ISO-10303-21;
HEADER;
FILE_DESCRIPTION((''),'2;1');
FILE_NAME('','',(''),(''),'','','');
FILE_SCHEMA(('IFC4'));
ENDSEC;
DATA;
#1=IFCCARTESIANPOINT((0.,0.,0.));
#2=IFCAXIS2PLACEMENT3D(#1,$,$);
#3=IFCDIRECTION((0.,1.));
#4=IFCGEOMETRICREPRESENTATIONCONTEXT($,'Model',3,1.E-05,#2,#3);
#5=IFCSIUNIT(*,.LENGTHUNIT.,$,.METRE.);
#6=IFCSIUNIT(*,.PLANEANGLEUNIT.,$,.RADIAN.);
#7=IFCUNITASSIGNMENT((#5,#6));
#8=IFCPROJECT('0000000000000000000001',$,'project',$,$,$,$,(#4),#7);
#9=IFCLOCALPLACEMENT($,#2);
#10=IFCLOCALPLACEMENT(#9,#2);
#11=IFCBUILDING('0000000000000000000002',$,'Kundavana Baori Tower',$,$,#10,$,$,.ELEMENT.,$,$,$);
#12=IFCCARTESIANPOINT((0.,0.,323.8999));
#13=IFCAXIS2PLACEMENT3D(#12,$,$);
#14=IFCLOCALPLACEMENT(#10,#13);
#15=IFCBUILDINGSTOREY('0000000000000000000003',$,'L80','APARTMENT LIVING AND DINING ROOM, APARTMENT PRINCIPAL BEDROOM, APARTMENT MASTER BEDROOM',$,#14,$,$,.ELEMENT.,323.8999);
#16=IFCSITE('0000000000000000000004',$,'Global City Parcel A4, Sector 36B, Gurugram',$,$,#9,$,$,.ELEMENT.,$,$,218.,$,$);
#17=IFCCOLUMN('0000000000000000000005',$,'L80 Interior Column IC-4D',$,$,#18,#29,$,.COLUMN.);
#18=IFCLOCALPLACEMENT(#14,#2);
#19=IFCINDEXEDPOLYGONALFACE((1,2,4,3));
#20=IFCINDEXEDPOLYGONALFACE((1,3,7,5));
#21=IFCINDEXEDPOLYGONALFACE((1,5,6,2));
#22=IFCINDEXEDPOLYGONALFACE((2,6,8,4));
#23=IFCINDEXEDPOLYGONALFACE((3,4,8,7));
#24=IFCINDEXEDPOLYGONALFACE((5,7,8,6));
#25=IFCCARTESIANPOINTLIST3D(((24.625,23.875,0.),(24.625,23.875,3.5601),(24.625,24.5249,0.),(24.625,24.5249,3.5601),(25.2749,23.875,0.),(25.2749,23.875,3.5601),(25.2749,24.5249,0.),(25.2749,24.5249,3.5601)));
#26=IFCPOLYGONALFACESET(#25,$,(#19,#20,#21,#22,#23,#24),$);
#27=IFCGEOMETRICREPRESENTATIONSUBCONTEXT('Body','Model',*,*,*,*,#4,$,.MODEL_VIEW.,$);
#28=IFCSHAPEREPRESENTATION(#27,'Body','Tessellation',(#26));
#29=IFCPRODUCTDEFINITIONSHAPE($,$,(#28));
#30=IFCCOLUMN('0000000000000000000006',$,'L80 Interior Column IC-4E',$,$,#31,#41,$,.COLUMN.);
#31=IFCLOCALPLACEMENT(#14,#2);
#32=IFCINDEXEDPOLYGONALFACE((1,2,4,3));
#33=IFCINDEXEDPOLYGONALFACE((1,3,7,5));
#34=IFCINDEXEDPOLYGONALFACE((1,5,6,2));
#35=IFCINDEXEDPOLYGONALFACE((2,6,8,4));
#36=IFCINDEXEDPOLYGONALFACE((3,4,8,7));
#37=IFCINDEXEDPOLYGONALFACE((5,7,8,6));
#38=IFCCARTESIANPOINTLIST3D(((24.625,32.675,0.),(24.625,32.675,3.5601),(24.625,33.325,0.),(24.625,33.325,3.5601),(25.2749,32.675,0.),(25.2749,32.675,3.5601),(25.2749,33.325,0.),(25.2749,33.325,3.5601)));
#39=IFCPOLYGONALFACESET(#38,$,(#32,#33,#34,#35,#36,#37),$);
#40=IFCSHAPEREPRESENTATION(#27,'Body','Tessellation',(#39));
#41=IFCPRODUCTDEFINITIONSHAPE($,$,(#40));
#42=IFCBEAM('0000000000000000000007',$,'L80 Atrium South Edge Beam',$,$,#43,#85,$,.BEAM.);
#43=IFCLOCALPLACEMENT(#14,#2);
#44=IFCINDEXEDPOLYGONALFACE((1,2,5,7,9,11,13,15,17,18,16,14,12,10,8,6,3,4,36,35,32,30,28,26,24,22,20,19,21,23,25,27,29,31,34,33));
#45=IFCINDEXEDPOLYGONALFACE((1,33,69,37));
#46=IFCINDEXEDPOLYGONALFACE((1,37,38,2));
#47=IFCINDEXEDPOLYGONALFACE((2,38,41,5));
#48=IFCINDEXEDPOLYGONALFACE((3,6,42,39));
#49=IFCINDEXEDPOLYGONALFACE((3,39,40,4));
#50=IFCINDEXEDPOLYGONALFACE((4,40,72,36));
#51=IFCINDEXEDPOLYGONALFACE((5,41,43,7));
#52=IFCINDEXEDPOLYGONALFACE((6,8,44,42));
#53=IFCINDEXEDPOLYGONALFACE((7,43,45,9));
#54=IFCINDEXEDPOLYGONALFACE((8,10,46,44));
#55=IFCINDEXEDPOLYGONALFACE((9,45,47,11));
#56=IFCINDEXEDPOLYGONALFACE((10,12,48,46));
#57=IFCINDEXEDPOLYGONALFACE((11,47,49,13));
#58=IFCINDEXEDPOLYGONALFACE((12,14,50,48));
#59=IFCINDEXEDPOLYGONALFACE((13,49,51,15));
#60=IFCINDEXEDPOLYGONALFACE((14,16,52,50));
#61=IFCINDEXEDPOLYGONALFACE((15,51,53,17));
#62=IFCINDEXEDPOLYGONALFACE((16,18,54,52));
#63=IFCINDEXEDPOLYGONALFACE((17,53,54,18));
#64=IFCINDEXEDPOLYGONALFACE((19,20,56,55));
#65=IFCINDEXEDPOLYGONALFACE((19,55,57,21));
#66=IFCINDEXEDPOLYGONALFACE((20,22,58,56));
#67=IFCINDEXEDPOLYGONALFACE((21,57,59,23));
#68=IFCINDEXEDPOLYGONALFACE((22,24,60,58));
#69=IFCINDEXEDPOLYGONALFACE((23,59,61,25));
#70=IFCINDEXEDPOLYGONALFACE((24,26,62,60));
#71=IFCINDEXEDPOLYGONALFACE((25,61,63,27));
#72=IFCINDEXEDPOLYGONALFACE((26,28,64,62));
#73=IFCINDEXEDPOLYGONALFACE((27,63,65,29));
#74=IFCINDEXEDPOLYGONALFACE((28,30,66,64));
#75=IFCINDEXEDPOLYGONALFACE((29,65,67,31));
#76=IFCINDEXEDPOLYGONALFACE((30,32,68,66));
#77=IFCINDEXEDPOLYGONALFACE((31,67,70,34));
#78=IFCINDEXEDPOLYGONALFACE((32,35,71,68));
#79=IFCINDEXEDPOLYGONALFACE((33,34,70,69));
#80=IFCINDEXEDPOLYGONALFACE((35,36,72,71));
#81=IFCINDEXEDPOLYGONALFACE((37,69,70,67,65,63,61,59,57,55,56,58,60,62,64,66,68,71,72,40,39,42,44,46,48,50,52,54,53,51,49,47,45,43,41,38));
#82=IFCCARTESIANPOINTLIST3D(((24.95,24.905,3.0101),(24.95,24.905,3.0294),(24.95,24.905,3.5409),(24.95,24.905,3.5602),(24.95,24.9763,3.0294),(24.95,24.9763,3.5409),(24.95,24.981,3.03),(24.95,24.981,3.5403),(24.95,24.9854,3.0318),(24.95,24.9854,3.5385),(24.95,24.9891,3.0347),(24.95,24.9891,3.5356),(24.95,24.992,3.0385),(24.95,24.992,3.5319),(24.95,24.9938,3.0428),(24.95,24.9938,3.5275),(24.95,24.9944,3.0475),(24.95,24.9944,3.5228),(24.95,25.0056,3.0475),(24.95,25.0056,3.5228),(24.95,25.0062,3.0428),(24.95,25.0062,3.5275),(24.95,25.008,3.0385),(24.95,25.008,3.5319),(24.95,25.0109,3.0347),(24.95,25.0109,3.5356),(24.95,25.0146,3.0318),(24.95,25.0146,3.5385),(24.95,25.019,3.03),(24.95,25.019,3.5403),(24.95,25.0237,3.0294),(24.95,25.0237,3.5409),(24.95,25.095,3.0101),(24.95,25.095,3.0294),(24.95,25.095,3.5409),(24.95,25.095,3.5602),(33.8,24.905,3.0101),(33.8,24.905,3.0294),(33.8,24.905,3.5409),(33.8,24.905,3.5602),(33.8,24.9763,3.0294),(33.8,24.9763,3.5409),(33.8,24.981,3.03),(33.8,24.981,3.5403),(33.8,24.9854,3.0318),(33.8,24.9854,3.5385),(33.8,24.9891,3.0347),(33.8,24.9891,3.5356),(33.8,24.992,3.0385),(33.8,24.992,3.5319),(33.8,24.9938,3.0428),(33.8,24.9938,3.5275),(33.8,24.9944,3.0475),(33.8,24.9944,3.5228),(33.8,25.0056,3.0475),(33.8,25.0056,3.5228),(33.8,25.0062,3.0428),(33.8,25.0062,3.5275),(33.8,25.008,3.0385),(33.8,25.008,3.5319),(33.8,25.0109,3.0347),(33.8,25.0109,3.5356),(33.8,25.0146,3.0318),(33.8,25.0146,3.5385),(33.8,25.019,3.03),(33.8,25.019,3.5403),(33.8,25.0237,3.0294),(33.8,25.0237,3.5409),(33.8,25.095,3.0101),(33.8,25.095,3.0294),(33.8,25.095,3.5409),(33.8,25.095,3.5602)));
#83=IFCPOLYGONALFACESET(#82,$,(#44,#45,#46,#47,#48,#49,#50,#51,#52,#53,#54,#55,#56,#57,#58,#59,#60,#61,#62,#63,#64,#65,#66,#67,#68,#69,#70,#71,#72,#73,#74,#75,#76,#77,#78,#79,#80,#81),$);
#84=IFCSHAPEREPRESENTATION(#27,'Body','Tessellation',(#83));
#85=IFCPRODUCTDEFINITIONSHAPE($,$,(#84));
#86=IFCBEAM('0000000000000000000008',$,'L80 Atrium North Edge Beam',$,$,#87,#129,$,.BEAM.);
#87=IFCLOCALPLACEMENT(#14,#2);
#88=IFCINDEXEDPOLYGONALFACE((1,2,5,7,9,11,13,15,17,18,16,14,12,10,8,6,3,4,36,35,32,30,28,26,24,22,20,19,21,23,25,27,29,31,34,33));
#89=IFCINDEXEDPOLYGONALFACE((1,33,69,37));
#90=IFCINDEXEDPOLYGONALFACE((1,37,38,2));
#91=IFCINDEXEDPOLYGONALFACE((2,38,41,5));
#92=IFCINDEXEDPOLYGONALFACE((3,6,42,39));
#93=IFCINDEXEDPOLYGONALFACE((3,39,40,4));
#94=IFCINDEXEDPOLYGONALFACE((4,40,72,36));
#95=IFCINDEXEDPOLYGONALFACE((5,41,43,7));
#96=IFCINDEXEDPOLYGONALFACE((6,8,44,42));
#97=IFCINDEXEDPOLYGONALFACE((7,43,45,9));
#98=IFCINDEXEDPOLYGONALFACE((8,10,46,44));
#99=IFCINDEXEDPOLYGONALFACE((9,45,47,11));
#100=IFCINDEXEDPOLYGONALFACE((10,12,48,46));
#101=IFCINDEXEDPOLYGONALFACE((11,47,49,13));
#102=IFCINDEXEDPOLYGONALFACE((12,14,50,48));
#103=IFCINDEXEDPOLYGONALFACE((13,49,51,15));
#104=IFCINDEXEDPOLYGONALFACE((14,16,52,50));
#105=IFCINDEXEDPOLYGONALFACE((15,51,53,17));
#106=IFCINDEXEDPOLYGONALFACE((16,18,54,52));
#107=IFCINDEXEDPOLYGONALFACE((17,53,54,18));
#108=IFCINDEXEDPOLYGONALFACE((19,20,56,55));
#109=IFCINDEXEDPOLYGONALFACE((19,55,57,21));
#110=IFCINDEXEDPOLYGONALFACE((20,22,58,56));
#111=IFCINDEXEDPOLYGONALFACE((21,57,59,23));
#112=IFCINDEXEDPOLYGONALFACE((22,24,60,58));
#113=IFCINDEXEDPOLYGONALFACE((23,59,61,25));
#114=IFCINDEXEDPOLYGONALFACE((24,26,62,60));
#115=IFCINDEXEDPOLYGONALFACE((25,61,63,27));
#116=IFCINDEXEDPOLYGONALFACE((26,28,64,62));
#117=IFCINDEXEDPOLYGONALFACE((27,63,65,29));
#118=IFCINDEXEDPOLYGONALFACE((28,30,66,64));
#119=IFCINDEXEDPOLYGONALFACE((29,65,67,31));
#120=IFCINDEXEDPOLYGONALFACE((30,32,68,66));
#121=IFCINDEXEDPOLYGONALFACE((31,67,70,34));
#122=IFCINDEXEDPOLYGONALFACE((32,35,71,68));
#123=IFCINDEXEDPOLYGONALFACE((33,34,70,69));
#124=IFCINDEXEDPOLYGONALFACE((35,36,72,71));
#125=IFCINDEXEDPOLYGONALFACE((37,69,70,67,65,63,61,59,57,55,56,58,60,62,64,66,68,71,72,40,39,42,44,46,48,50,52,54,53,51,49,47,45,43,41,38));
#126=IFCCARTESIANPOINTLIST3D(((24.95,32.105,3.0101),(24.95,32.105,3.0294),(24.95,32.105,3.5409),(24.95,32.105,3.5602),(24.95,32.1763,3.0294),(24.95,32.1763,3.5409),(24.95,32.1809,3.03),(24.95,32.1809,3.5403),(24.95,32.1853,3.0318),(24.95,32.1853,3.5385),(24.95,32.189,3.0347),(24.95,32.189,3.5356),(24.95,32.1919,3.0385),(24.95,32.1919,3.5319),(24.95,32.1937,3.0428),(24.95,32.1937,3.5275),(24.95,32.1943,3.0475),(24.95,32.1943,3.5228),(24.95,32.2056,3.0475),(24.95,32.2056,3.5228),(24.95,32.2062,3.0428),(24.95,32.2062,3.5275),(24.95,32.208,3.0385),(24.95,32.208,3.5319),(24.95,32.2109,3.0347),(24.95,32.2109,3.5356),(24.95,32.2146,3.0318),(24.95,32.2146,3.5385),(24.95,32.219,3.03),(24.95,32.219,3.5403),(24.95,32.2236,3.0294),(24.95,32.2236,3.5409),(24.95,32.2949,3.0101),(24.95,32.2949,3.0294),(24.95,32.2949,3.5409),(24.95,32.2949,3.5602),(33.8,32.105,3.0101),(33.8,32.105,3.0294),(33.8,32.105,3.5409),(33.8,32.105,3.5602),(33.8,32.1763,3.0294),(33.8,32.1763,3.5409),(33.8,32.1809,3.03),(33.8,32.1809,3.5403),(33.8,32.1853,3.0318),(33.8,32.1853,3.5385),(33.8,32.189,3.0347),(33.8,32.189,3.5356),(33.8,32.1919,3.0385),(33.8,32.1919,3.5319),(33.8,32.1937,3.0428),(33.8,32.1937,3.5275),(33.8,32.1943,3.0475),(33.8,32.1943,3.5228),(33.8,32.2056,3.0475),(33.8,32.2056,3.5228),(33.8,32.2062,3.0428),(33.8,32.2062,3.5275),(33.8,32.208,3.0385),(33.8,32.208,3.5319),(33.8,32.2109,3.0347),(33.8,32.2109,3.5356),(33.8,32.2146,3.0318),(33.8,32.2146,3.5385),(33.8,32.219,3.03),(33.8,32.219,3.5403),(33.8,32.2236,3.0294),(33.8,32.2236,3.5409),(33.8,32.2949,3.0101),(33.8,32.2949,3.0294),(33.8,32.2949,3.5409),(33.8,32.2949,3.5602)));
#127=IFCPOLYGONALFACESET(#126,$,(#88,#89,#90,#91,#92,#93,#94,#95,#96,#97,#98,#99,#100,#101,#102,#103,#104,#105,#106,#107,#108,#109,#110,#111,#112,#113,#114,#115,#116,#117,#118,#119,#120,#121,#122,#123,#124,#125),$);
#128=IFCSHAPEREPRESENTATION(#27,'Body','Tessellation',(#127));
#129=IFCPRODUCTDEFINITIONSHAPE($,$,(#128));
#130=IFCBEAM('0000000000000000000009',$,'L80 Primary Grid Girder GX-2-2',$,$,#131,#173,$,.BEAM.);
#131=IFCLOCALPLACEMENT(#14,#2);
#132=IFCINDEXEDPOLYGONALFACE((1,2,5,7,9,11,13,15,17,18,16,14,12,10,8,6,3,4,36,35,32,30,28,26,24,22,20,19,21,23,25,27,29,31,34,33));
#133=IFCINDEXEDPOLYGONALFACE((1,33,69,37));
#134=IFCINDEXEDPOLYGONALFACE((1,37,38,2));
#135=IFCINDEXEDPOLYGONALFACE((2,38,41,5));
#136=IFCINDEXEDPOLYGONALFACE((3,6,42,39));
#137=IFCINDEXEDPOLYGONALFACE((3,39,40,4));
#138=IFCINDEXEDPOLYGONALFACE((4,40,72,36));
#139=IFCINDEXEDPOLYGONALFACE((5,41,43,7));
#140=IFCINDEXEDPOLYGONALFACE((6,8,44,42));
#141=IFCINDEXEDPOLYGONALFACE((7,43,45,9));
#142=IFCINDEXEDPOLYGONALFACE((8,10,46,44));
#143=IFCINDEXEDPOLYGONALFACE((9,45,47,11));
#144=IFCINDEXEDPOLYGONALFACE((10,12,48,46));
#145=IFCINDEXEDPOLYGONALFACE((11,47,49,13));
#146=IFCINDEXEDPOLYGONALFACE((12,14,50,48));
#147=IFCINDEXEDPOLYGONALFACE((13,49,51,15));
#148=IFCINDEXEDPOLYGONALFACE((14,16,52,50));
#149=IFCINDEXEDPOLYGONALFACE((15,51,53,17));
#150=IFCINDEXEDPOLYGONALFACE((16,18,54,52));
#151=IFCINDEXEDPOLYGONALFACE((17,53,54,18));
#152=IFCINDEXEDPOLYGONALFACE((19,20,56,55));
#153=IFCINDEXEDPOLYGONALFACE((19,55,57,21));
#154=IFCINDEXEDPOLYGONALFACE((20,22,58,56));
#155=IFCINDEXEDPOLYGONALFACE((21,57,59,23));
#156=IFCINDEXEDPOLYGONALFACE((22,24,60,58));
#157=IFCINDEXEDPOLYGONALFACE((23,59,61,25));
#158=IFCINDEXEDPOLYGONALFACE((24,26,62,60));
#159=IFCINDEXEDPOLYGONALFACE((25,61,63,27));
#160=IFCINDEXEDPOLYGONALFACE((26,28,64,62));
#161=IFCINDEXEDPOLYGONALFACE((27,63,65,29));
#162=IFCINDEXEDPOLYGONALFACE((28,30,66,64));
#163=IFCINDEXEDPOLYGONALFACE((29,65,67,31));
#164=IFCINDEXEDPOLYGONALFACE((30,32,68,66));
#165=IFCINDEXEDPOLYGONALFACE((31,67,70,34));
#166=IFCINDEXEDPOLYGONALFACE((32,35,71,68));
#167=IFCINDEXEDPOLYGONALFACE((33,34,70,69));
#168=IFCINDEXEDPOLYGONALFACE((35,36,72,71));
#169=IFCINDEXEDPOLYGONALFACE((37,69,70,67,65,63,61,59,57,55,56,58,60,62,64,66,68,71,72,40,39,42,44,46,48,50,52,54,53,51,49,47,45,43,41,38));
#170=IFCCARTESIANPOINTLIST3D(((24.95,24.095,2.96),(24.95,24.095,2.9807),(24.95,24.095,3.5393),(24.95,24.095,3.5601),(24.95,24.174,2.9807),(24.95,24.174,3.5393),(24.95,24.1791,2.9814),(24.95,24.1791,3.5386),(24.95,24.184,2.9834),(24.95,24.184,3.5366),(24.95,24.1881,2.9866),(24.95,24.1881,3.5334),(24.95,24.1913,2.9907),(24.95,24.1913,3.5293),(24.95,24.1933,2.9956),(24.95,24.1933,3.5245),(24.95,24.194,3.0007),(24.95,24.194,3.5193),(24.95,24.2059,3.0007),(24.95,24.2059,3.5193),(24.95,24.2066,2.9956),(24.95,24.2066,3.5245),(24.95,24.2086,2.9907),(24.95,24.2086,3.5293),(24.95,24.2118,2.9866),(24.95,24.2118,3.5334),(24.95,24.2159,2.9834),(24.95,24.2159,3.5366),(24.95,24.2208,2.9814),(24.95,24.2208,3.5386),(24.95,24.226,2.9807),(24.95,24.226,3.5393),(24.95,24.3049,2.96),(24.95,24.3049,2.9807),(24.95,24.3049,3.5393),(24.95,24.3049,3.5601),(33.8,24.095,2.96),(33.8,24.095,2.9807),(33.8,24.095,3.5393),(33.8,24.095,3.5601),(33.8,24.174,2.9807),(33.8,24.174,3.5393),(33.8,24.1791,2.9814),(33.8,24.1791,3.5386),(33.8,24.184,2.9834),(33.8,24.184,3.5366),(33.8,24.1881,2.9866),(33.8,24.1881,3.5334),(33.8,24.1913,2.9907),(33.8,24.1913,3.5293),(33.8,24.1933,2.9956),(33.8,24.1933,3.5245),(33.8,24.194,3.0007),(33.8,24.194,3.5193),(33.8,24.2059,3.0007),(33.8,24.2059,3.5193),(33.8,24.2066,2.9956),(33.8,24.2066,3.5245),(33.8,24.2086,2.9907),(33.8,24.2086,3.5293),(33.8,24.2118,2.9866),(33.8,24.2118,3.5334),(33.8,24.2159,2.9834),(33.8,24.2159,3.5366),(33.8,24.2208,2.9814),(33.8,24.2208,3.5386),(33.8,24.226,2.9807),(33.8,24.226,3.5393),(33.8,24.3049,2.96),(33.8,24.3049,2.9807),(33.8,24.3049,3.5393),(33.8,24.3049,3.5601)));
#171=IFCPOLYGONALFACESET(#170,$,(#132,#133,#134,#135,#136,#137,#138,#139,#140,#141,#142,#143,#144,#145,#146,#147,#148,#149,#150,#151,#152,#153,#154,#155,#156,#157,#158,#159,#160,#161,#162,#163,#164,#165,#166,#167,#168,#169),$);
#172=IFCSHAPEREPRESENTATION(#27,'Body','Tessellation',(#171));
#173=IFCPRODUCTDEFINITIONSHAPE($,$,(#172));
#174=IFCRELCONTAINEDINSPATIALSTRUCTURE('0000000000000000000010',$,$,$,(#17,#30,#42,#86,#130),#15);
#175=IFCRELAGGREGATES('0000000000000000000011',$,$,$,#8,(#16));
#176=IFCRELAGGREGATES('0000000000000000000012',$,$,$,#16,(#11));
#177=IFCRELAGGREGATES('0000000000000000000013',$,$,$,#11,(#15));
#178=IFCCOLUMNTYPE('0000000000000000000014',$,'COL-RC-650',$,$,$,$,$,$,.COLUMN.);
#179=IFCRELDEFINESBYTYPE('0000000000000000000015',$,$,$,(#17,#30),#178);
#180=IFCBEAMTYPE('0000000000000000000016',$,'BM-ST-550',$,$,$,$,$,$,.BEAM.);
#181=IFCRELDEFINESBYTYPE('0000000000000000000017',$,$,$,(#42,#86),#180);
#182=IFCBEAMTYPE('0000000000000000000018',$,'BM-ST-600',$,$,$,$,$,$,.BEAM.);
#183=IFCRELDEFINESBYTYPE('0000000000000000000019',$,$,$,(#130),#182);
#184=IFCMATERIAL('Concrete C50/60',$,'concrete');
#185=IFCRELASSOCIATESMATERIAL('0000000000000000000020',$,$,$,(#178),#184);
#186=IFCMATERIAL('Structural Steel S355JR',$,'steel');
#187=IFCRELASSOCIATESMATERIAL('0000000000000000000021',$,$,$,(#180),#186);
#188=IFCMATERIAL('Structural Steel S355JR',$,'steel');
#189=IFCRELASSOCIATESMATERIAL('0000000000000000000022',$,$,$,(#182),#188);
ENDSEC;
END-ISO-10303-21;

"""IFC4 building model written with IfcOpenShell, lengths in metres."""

from ifc_helpers import new_model, si_unit, direction, frame, origin, origin_2d, place, context, subcontext, project, spatial, rectangle, i_section, extrude, material, material_profile, profile_set, type_object, element, save


model = new_model("IFC4")

# Units and contexts
model_context = context("Model", 3, precision=1e-05, world=origin(), true_north=direction((0.0, 1.0)))
body_context = subcontext(model_context, "Body", "Model", "MODEL_VIEW")
ifc_project = project(units=[si_unit("LENGTHUNIT", "METRE"), si_unit("PLANEANGLEUNIT", "RADIAN")], contexts=[model_context])

# Site, building, storey
site_placement = place(None, origin())
site = spatial("IfcSite", under=ifc_project, at=site_placement, Name="Global City Parcel A4, Sector 36B, Gurugram", CompositionType="ELEMENT", RefElevation=218.0)
building_placement = place(site_placement, origin())
building = spatial("IfcBuilding", under=site, at=building_placement, Name="Kundavana Baori Tower", CompositionType="ELEMENT")
storey_placement = place(building_placement, frame((0.0, 0.0, 323.8999)))
storey = spatial("IfcBuildingStorey", under=building, at=storey_placement, Name="L80", Description="APARTMENT LIVING AND DINING ROOM, APARTMENT PRINCIPAL BEDROOM, APARTMENT MASTER BEDROOM", CompositionType="ELEMENT", Elevation=323.8999)

# Columns
ifc_material_1 = material(Name="Concrete C50/60", Category="concrete")
ifc_material_profile_1 = material_profile(ifc_material_1, rectangle(XDim=0.6499, YDim=0.6499, at=origin_2d()), Name="RC 650x650")
ifc_profile_set_1 = profile_set([ifc_material_profile_1], Name="Concrete C50/60")
column_type = type_object("IfcColumnType", Name="COL-RC-650", PredefinedType="COLUMN", material=ifc_profile_set_1)
for number, where, z_axis, x_axis, name in (
    (1, (24.95, 24.2, 0.0), (0.0, 0.0, 1.0), (1.0, 0.0, 0.0), "L80 Interior Column IC-4D"),
    (2, (24.95, 33.0, 0.0), (0.0, 0.0, 1.0), (1.0, 0.0, 0.0), "L80 Interior Column IC-4E"),
):
    element("IfcColumn", number, at=place(storey_placement, frame(where, z_axis=z_axis, x_axis=x_axis)), inside=storey, type_object=column_type, Name=name, PredefinedType="COLUMN", context=body_context, shape_type="SweptSolid", body=[
        extrude(rectangle(XDim=0.6499, YDim=0.6499, at=origin_2d()), origin(), (0.0, 0.0, 1.0), 3.5601),
    ])

# Beams
ifc_material_2 = material(Name="Structural Steel S355JR", Category="steel")
ifc_material_profile_2 = material_profile(ifc_material_2, i_section(OverallWidth=0.1899, OverallDepth=0.55, WebThickness=0.0112, FlangeThickness=0.0193, FilletRadius=0.0181, at=origin_2d()), Name="ISMB 550")
ifc_profile_set_2 = profile_set([ifc_material_profile_2], Name="Structural Steel S355JR")
beam_type_1 = type_object("IfcBeamType", Name="BM-ST-550", PredefinedType="BEAM", material=ifc_profile_set_2)
for number, where, z_axis, x_axis, name in (
    (3, (24.95, 25.0, 3.2852), (1.0, 0.0, 0.0), (0.0, 1.0, 0.0), "L80 Atrium South Edge Beam"),
    (4, (24.95, 32.2, 3.2852), (1.0, 0.0, 0.0), (0.0, 1.0, 0.0), "L80 Atrium North Edge Beam"),
):
    element("IfcBeam", number, at=place(storey_placement, frame(where, z_axis=z_axis, x_axis=x_axis)), inside=storey, type_object=beam_type_1, Name=name, PredefinedType="BEAM", context=body_context, shape_type="SweptSolid", body=[
        extrude(i_section(OverallWidth=0.1899, OverallDepth=0.55, WebThickness=0.0112, FlangeThickness=0.0193, FilletRadius=0.0181, at=origin_2d()), origin(), (0.0, 0.0, 1.0), 8.8501),
    ])
ifc_material_3 = material(Name="Structural Steel S355JR", Category="steel")
ifc_material_profile_3 = material_profile(ifc_material_3, i_section(OverallWidth=0.21, OverallDepth=0.6001, WebThickness=0.012, FlangeThickness=0.0208, FilletRadius=0.02, at=origin_2d()), Name="ISMB 600")
ifc_profile_set_3 = profile_set([ifc_material_profile_3], Name="Structural Steel S355JR")
beam_type_2 = type_object("IfcBeamType", Name="BM-ST-600", PredefinedType="BEAM", material=ifc_profile_set_3)
for number, where, z_axis, x_axis, name in (
    (5, (24.95, 24.2, 3.26), (1.0, 0.0, 0.0), (0.0, 1.0, 0.0), "L80 Primary Grid Girder GX-2-2"),
):
    element("IfcBeam", number, at=place(storey_placement, frame(where, z_axis=z_axis, x_axis=x_axis)), inside=storey, type_object=beam_type_2, Name=name, PredefinedType="BEAM", context=body_context, shape_type="SweptSolid", body=[
        extrude(i_section(OverallWidth=0.21, OverallDepth=0.6001, WebThickness=0.012, FlangeThickness=0.0208, FilletRadius=0.02, at=origin_2d()), origin(), (0.0, 0.0, 1.0), 8.8501),
    ])

save(model, "model.ifc")
